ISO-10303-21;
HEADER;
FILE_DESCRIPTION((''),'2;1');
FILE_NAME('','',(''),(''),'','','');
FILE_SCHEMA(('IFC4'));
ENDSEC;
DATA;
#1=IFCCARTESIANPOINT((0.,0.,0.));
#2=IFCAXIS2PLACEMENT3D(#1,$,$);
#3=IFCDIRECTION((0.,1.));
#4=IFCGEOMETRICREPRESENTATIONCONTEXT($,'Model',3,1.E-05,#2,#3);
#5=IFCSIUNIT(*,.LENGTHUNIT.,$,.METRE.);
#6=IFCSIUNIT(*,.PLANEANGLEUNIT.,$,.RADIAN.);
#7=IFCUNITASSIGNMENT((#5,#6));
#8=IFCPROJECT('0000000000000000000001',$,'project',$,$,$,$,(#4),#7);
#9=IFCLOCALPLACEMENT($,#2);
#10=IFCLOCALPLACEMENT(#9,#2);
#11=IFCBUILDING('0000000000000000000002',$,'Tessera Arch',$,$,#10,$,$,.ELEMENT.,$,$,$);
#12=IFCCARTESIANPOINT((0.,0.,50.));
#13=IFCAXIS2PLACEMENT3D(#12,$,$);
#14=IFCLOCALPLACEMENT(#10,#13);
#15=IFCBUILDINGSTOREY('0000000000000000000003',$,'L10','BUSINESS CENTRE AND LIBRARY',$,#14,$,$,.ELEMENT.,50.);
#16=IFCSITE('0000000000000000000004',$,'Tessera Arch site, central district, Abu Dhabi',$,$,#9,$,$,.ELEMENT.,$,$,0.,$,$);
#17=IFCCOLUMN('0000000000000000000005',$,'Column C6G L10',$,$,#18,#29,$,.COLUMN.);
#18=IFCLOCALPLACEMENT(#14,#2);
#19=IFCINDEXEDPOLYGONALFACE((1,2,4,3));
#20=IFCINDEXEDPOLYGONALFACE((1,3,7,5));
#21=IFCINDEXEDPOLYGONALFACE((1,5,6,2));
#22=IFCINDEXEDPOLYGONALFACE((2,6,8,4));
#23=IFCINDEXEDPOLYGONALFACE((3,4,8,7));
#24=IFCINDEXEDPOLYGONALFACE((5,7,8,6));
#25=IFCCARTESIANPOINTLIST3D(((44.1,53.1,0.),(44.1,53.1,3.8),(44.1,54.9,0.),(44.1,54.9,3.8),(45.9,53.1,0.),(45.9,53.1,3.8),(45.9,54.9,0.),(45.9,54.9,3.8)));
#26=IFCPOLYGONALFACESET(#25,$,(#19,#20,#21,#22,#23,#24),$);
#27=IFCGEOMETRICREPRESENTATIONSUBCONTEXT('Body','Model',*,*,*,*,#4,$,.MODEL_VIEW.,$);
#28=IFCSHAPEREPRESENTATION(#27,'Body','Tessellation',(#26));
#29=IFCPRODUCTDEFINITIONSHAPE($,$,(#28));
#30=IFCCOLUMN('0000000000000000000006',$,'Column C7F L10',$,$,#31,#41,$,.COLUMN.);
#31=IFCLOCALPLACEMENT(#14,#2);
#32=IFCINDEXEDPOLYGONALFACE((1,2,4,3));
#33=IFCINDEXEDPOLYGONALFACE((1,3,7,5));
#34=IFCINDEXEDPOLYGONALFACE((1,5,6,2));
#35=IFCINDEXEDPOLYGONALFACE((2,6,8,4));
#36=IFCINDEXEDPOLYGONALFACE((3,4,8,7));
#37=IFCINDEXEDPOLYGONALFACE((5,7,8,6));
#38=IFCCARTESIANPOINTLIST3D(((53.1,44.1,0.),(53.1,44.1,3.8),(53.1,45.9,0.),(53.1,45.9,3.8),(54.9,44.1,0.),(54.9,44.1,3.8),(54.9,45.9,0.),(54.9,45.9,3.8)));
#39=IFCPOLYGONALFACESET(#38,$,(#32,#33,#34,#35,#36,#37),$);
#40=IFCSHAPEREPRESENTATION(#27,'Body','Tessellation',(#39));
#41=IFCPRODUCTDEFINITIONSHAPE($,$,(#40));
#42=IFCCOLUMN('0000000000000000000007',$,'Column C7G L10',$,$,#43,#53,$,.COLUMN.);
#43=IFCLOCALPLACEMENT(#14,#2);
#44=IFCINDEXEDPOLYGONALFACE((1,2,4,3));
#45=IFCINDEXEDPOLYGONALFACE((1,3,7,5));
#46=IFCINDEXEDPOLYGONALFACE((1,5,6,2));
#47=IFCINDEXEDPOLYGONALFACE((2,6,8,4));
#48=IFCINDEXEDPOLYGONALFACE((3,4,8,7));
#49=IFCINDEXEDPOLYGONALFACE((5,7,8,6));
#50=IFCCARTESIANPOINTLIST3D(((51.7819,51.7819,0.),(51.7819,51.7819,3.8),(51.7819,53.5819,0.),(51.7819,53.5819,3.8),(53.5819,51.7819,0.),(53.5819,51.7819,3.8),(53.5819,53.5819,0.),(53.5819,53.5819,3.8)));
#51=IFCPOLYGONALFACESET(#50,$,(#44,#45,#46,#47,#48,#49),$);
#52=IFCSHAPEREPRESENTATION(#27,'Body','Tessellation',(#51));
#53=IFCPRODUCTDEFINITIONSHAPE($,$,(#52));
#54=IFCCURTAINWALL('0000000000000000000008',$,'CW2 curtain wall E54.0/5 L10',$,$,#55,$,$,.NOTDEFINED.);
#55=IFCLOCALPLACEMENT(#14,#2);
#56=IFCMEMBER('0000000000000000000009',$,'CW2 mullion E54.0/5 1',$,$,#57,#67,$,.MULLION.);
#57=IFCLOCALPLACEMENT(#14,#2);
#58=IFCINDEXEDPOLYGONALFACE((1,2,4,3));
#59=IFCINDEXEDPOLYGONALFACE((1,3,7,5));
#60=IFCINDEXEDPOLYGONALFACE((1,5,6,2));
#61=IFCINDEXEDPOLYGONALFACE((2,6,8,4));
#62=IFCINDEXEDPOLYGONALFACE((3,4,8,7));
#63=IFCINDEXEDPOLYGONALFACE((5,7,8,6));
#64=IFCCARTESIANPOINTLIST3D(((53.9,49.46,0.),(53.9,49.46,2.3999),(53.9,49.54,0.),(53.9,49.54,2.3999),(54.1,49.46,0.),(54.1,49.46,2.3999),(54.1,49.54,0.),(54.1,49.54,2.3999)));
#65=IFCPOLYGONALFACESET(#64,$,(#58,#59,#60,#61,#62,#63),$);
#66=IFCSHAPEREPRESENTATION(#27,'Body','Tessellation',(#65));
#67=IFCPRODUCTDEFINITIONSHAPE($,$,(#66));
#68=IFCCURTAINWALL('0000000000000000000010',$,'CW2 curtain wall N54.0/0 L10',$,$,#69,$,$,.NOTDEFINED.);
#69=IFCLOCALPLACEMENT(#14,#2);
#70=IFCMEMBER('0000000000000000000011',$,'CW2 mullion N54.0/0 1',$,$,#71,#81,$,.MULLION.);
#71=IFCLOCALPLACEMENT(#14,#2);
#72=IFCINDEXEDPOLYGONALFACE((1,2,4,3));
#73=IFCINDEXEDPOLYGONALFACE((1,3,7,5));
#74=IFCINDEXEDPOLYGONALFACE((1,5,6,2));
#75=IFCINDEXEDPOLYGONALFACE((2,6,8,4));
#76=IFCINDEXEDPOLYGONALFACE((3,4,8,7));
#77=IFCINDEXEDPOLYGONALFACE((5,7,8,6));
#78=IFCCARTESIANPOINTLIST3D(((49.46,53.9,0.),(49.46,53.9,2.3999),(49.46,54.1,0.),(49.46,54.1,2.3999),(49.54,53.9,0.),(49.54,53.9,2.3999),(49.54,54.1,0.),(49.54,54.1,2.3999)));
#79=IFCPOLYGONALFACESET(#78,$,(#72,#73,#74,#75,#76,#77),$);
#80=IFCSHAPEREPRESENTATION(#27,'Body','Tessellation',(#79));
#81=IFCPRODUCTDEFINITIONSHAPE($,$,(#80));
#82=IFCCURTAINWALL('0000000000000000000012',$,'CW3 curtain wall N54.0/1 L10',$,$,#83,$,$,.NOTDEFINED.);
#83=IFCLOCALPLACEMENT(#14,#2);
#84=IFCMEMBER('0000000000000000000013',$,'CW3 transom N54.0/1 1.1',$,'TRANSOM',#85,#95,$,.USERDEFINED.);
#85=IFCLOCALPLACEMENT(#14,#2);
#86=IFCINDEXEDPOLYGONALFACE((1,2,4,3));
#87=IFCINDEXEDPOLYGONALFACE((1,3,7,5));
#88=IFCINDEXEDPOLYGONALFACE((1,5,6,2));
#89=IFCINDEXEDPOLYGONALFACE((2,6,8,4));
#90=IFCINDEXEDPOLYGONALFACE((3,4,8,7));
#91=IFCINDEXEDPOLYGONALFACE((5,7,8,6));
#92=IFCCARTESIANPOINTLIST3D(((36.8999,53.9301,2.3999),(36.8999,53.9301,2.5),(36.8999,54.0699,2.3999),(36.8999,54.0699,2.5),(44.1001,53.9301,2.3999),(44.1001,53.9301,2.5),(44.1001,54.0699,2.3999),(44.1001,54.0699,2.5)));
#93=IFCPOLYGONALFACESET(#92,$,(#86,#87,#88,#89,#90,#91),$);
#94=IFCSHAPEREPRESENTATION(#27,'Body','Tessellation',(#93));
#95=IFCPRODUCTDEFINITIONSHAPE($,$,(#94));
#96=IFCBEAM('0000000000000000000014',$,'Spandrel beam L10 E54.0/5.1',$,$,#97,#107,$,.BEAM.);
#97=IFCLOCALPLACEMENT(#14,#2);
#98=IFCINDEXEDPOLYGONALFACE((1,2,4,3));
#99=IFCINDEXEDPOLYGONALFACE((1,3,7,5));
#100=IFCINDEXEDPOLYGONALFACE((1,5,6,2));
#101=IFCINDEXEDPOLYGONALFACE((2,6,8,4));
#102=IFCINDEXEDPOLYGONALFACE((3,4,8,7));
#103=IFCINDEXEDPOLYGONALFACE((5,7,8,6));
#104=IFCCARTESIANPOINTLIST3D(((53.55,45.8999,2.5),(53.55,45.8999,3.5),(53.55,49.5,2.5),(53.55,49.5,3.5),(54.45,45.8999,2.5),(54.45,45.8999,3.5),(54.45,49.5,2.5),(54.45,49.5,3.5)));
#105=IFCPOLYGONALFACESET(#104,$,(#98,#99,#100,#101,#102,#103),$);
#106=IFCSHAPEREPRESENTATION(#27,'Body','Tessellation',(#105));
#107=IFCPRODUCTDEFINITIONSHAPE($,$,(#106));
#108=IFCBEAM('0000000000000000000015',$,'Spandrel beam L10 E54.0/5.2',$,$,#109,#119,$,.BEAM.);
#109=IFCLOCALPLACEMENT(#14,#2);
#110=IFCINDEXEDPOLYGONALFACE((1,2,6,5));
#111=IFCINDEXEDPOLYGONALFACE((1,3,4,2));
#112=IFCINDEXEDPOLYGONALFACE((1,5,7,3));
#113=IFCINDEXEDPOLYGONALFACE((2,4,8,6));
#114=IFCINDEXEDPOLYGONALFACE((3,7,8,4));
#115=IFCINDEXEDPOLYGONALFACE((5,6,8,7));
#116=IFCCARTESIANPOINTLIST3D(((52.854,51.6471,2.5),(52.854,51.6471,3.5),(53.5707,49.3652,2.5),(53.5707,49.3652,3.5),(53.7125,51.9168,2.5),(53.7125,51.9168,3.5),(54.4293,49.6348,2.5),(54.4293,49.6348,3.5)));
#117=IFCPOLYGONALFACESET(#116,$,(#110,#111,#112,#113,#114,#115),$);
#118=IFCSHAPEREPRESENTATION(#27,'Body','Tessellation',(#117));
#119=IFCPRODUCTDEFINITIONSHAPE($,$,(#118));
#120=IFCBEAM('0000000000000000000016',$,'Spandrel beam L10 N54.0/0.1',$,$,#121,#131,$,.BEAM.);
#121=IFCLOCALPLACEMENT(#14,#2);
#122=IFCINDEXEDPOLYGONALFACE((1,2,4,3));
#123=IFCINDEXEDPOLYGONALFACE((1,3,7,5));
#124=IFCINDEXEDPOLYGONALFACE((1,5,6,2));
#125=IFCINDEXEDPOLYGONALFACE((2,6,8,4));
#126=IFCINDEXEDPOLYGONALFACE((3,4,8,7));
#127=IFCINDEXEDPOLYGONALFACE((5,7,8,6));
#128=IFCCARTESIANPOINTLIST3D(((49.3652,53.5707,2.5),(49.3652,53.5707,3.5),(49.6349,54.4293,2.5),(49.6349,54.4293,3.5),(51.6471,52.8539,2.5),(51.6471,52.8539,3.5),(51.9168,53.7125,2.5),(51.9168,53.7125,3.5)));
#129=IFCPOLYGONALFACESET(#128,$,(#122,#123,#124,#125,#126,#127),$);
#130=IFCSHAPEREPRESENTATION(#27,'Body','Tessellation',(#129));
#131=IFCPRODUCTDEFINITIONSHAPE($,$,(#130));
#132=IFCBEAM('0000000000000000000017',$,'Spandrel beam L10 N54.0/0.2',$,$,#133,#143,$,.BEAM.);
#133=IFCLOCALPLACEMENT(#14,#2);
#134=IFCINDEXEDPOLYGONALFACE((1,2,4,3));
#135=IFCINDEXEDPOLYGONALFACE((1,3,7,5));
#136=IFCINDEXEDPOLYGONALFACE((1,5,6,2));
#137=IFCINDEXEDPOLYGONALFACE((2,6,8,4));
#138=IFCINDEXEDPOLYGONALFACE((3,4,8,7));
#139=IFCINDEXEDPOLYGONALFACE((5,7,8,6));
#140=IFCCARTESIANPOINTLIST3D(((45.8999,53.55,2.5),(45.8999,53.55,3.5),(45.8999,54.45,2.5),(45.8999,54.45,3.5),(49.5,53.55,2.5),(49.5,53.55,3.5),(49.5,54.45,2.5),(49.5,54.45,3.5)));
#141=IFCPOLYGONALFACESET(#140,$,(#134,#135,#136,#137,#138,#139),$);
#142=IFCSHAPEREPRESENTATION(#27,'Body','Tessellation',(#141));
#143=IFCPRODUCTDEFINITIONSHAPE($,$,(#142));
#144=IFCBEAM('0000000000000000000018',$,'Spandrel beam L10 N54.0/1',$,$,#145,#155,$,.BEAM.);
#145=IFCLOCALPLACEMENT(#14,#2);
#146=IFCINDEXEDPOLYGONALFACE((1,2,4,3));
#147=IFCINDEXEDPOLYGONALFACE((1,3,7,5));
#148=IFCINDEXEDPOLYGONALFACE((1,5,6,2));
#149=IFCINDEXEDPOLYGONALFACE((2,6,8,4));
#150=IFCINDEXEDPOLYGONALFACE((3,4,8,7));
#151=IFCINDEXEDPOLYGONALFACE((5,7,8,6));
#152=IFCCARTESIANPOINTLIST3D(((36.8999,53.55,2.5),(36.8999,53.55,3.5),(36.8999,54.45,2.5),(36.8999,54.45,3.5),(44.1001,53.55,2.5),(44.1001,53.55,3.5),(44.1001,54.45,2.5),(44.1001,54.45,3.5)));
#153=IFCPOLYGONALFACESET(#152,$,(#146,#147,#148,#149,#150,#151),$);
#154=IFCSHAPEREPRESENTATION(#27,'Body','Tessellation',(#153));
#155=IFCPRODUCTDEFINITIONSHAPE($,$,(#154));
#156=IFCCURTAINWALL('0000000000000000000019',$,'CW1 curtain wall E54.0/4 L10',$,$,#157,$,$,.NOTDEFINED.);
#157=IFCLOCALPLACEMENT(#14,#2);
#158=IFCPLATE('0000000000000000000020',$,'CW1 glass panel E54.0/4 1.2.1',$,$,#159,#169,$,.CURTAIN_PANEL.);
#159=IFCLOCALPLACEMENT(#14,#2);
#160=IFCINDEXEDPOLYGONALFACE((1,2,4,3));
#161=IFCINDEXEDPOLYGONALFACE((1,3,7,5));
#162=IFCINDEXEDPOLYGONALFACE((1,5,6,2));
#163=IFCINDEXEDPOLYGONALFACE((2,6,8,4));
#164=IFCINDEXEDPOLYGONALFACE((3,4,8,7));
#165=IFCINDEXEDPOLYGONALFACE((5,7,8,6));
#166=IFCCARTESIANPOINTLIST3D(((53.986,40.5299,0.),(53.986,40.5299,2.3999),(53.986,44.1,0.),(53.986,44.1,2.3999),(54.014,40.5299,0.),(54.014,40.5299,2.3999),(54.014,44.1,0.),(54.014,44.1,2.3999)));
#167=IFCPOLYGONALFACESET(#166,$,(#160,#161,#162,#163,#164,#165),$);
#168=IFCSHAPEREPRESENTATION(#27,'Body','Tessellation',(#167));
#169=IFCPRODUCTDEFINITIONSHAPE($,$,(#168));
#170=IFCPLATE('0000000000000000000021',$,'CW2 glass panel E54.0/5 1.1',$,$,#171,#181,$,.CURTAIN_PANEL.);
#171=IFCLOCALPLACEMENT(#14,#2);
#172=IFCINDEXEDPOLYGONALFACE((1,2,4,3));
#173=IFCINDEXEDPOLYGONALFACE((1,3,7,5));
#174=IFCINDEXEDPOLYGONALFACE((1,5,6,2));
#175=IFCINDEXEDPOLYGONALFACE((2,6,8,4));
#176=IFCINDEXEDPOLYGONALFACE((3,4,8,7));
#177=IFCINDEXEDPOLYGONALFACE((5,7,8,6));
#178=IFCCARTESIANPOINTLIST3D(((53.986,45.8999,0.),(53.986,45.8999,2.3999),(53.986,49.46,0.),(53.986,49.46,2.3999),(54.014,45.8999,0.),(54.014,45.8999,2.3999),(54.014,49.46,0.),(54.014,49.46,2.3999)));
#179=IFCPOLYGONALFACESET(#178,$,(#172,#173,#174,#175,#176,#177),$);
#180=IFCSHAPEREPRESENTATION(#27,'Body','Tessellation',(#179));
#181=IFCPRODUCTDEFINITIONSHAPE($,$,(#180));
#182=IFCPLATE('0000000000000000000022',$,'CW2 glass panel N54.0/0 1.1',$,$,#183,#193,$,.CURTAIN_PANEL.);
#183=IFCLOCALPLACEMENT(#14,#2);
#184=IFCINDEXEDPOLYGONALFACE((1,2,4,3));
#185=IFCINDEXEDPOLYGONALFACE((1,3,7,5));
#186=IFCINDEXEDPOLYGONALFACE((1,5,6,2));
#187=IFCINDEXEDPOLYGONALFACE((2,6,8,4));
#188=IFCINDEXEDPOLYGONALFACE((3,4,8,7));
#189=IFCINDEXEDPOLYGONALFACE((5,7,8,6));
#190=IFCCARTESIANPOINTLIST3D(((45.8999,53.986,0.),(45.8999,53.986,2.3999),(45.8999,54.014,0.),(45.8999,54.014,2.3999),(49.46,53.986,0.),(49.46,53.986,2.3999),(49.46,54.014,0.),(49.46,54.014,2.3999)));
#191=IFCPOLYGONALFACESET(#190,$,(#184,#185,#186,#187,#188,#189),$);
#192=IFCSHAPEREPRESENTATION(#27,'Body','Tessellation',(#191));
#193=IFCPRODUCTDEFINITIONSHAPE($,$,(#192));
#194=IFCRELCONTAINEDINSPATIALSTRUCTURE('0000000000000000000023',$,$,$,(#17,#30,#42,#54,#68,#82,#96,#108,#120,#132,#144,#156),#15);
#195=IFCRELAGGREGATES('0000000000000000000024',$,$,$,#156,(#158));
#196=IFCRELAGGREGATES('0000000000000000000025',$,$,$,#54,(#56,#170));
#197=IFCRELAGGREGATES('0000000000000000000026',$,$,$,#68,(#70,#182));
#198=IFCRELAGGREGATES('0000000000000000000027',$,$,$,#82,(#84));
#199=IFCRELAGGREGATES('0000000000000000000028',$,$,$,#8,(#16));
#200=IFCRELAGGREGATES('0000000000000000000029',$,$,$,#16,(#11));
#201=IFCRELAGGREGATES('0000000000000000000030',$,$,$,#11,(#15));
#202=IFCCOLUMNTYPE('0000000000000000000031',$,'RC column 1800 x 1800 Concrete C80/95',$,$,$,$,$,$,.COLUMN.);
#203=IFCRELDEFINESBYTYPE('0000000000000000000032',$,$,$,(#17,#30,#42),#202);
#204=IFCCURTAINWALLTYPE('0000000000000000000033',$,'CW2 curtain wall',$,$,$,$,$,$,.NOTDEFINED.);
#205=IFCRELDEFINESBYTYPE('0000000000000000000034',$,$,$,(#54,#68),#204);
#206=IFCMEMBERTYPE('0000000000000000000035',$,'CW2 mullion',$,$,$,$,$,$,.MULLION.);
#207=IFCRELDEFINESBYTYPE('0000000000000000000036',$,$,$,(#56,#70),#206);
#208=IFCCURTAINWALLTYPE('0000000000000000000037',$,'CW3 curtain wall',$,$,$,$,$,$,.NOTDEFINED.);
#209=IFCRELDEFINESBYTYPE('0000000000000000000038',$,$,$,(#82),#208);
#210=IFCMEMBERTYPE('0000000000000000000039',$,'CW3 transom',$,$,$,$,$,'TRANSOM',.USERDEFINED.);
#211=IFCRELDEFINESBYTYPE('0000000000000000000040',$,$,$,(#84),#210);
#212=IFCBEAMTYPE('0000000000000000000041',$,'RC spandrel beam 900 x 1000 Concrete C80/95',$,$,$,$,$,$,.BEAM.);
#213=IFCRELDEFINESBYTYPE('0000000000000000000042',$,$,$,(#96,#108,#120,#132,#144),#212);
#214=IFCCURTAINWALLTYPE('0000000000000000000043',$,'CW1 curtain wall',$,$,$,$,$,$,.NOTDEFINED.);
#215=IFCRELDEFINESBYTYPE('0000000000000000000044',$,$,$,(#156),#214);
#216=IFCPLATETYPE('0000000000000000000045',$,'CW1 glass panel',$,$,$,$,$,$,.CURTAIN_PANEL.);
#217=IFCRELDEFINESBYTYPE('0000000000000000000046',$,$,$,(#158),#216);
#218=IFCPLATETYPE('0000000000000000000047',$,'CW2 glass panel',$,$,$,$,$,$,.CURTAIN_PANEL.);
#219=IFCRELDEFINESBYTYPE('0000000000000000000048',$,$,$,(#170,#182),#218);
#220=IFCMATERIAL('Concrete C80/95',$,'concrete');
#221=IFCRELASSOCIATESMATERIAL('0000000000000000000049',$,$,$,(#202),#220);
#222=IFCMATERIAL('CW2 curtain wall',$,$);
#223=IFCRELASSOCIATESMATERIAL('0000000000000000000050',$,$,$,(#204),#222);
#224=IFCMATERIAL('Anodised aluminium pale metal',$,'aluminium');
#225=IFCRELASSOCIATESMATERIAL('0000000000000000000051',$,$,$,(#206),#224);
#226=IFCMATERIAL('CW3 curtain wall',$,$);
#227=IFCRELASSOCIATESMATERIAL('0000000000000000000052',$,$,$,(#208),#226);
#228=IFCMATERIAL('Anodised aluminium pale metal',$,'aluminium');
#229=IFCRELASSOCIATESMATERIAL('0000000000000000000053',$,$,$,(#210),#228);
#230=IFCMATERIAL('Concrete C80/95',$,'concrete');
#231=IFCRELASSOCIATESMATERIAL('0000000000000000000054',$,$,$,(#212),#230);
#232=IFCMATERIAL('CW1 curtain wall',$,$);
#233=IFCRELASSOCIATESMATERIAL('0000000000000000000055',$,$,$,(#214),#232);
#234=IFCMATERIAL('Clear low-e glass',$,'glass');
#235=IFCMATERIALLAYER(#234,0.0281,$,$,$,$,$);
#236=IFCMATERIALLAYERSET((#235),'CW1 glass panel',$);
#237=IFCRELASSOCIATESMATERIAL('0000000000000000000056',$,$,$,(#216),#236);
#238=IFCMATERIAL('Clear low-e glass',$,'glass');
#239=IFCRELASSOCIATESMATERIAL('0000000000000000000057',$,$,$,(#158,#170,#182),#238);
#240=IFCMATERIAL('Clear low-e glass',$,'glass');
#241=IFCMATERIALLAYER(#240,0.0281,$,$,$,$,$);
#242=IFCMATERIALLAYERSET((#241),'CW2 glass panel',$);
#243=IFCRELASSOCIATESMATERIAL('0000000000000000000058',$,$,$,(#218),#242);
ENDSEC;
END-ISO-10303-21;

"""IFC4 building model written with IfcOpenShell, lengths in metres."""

from ifc_helpers import new_model, si_unit, direction, frame, origin, origin_2d, place, context, subcontext, project, spatial, rectangle, extrude, material, layer, layer_set, material_profile, profile_set, type_object, element, aggregate, save


model = new_model("IFC4")

# Units and contexts
model_context = context("Model", 3, precision=1e-05, world=origin(), true_north=direction((0.0, 1.0)))
body_context = subcontext(model_context, "Body", "Model", "MODEL_VIEW")
ifc_project = project(units=[si_unit("LENGTHUNIT", "METRE"), si_unit("PLANEANGLEUNIT", "RADIAN")], contexts=[model_context])

# Site, building, storey
site_placement = place(None, origin())
site = spatial("IfcSite", under=ifc_project, at=site_placement, Name="Tessera Arch site, central district, Abu Dhabi", CompositionType="ELEMENT", RefElevation=0.0)
building_placement = place(site_placement, origin())
building = spatial("IfcBuilding", under=site, at=building_placement, Name="Tessera Arch", CompositionType="ELEMENT")
storey_placement = place(building_placement, frame((0.0, 0.0, 50.0)))
storey = spatial("IfcBuildingStorey", under=building, at=storey_placement, Name="L10", Description="BUSINESS CENTRE AND LIBRARY", CompositionType="ELEMENT", Elevation=50.0)

# Columns
ifc_material_1 = material(Name="Concrete C80/95", Category="concrete")
ifc_material_profile_1 = material_profile(ifc_material_1, rectangle(XDim=1.8, YDim=1.8, at=origin_2d()), Name="RC column 1800 x 1800 Concrete C80/95")
ifc_profile_set_1 = profile_set([ifc_material_profile_1], Name="Concrete C80/95")
column_type = type_object("IfcColumnType", Name="RC column 1800 x 1800 Concrete C80/95", PredefinedType="COLUMN", material=ifc_profile_set_1)
for number, where, z_axis, x_axis, name in (
    (1, (45.0, 54.0, 0.0), (0.0, 0.0, 1.0), (1.0, 0.0, 0.0), "Column C6G L10"),
    (2, (54.0, 45.0, 0.0), (0.0, 0.0, 1.0), (1.0, 0.0, 0.0), "Column C7F L10"),
    (3, (52.6819, 52.6819, 0.0), (0.0, 0.0, 1.0), (1.0, 0.0, 0.0), "Column C7G L10"),
):
    element("IfcColumn", number, at=place(storey_placement, frame(where, z_axis=z_axis, x_axis=x_axis)), inside=storey, type_object=column_type, Name=name, PredefinedType="COLUMN", context=body_context, shape_type="SweptSolid", body=[
        extrude(rectangle(XDim=1.8, YDim=1.8, at=origin_2d()), origin(), (0.0, 0.0, 1.0), 3.8),
    ])

# Curtain walls, members
ifc_material_2 = material(Name="CW2 curtain wall")
curtain_wall_type_1 = type_object("IfcCurtainWallType", Name="CW2 curtain wall", PredefinedType="NOTDEFINED", material=ifc_material_2)
curtain_wall_1_placement = place(storey_placement, origin())
curtain_wall_1 = element("IfcCurtainWall", 4, at=curtain_wall_1_placement, inside=storey, type_object=curtain_wall_type_1, Name="CW2 curtain wall E54.0/5 L10", PredefinedType="NOTDEFINED")
ifc_material_3 = material(Name="Anodised aluminium pale metal", Category="aluminium")
ifc_material_profile_2 = material_profile(ifc_material_3, rectangle(XDim=0.2, YDim=0.0801, at=origin_2d()), Name="AL 80x200")
ifc_profile_set_2 = profile_set([ifc_material_profile_2], Name="Anodised aluminium pale metal")
member_type_1 = type_object("IfcMemberType", Name="CW2 mullion", PredefinedType="MULLION", material=ifc_profile_set_2)
member_1_placement = place(storey_placement, frame((54.0, 49.5, 0.0), z_axis=(0.0, 0.0, 1.0), x_axis=(-1.0, 0.0, 0.0)))
member_1 = element("IfcMember", 5, at=member_1_placement, type_object=member_type_1, Name="CW2 mullion E54.0/5 1", PredefinedType="MULLION", context=body_context, shape_type="SweptSolid", body=[
    extrude(rectangle(XDim=0.2, YDim=0.0801, at=origin_2d()), origin(), (0.0, 0.0, 1.0), 2.3999),
])
curtain_wall_2_placement = place(storey_placement, origin())
curtain_wall_2 = element("IfcCurtainWall", 6, at=curtain_wall_2_placement, inside=storey, type_object=curtain_wall_type_1, Name="CW2 curtain wall N54.0/0 L10", PredefinedType="NOTDEFINED")
member_2_placement = place(storey_placement, frame((49.5, 54.0, 0.0), z_axis=(0.0, 0.0, 1.0), x_axis=(0.0, -1.0, 0.0)))
member_2 = element("IfcMember", 7, at=member_2_placement, type_object=member_type_1, Name="CW2 mullion N54.0/0 1", PredefinedType="MULLION", context=body_context, shape_type="SweptSolid", body=[
    extrude(rectangle(XDim=0.2, YDim=0.0801, at=origin_2d()), origin(), (0.0, 0.0, 1.0), 2.3999),
])
ifc_material_4 = material(Name="CW3 curtain wall")
curtain_wall_type_2 = type_object("IfcCurtainWallType", Name="CW3 curtain wall", PredefinedType="NOTDEFINED", material=ifc_material_4)
curtain_wall_3_placement = place(storey_placement, origin())
curtain_wall_3 = element("IfcCurtainWall", 8, at=curtain_wall_3_placement, inside=storey, type_object=curtain_wall_type_2, Name="CW3 curtain wall N54.0/1 L10", PredefinedType="NOTDEFINED")
ifc_material_5 = material(Name="Anodised aluminium pale metal", Category="aluminium")
ifc_material_profile_3 = material_profile(ifc_material_5, rectangle(XDim=0.1399, YDim=0.1001, at=origin_2d()), Name="AL 140x100")
ifc_profile_set_3 = profile_set([ifc_material_profile_3], Name="Anodised aluminium pale metal")
member_type_2 = type_object("IfcMemberType", Name="CW3 transom", ElementType="TRANSOM", PredefinedType="USERDEFINED", material=ifc_profile_set_3)
member_3_placement = place(storey_placement, frame((44.1001, 54.0, 2.45), z_axis=(-1.0, 0.0, 0.0), x_axis=(0.0, -1.0, 0.0)))
member_3 = element("IfcMember", 9, at=member_3_placement, type_object=member_type_2, Name="CW3 transom N54.0/1 1.1", ObjectType="TRANSOM", PredefinedType="USERDEFINED", context=body_context, shape_type="SweptSolid", body=[
    extrude(rectangle(XDim=0.1399, YDim=0.1001, at=origin_2d()), origin(), (0.0, 0.0, 1.0), 7.2002),
])

# Beams
ifc_material_6 = material(Name="Concrete C80/95", Category="concrete")
ifc_material_profile_4 = material_profile(ifc_material_6, rectangle(XDim=0.8999, YDim=1.0, at=origin_2d()), Name="RC spandrel beam 900 x 1000 Concrete C80/95")
ifc_profile_set_4 = profile_set([ifc_material_profile_4], Name="Concrete C80/95")
beam_type = type_object("IfcBeamType", Name="RC spandrel beam 900 x 1000 Concrete C80/95", PredefinedType="BEAM", material=ifc_profile_set_4)
beam_1_placement = place(storey_placement, frame((54.0, 45.8999, 3.0), z_axis=(0.0, 1.0, 0.0), x_axis=(-1.0, 0.0, 0.0)))
element("IfcBeam", 10, at=beam_1_placement, inside=storey, type_object=beam_type, Name="Spandrel beam L10 E54.0/5.1", PredefinedType="BEAM", context=body_context, shape_type="SweptSolid", body=[
    extrude(rectangle(XDim=0.8999, YDim=1.0, at=origin_2d()), origin(), (0.0, 0.0, 1.0), 3.6001),
])
for number, where, z_axis, x_axis, name in (
    (11, (54.0, 49.5, 3.0), (-0.299675, 0.954041, 0.0), (-0.954041, -0.299675, 0.0), "Spandrel beam L10 E54.0/5.2"),
    (12, (51.782, 53.2832, 3.0), (-0.954041, 0.299675, 0.0), (-0.299675, -0.954041, 0.0), "Spandrel beam L10 N54.0/0.1"),
):
    element("IfcBeam", number, at=place(storey_placement, frame(where, z_axis=z_axis, x_axis=x_axis)), inside=storey, type_object=beam_type, Name=name, PredefinedType="BEAM", context=body_context, shape_type="SweptSolid", body=[
        extrude(rectangle(XDim=0.8999, YDim=1.0, at=origin_2d()), origin(), (0.0, 0.0, 1.0), 2.3918),
    ])
beam_2_placement = place(storey_placement, frame((49.5, 54.0, 3.0), z_axis=(-1.0, 0.0, 0.0), x_axis=(0.0, -1.0, 0.0)))
element("IfcBeam", 13, at=beam_2_placement, inside=storey, type_object=beam_type, Name="Spandrel beam L10 N54.0/0.2", PredefinedType="BEAM", context=body_context, shape_type="SweptSolid", body=[
    extrude(rectangle(XDim=0.8999, YDim=1.0, at=origin_2d()), origin(), (0.0, 0.0, 1.0), 3.6001),
])
beam_3_placement = place(storey_placement, frame((44.1001, 54.0, 3.0), z_axis=(-1.0, 0.0, 0.0), x_axis=(0.0, -1.0, 0.0)))
element("IfcBeam", 14, at=beam_3_placement, inside=storey, type_object=beam_type, Name="Spandrel beam L10 N54.0/1", PredefinedType="BEAM", context=body_context, shape_type="SweptSolid", body=[
    extrude(rectangle(XDim=0.8999, YDim=1.0, at=origin_2d()), origin(), (0.0, 0.0, 1.0), 7.2002),
])

# Curtain wall, plate
ifc_material_7 = material(Name="CW1 curtain wall")
curtain_wall_type_3 = type_object("IfcCurtainWallType", Name="CW1 curtain wall", PredefinedType="NOTDEFINED", material=ifc_material_7)
curtain_wall_4_placement = place(storey_placement, origin())
curtain_wall_4 = element("IfcCurtainWall", 15, at=curtain_wall_4_placement, inside=storey, type_object=curtain_wall_type_3, Name="CW1 curtain wall E54.0/4 L10", PredefinedType="NOTDEFINED")
ifc_material_8 = material(Name="Clear low-e glass", Category="glass")
ifc_material_9 = material(Name="Clear low-e glass", Category="glass")
ifc_layer_1 = layer(ifc_material_9, 0.0281)
ifc_layer_set_1 = layer_set([ifc_layer_1], Name="CW1 glass panel")
plate_type_1 = type_object("IfcPlateType", Name="CW1 glass panel", PredefinedType="CURTAIN_PANEL", material=ifc_layer_set_1)
plate_1_placement = place(storey_placement, frame((54.0, 42.3149, 0.0), z_axis=(0.0, 0.0, 1.0), x_axis=(0.0, 1.0, 0.0)))
plate_1 = element("IfcPlate", 16, at=plate_1_placement, type_object=plate_type_1, material=ifc_material_8, Name="CW1 glass panel E54.0/4 1.2.1", PredefinedType="CURTAIN_PANEL", context=body_context, shape_type="SweptSolid", body=[
    extrude(rectangle(XDim=3.5701, YDim=0.0281, at=origin_2d()), origin(), (0.0, 0.0, 1.0), 2.3999),
])
aggregate(curtain_wall_4, [plate_1])

# Plates
ifc_material_10 = material(Name="Clear low-e glass", Category="glass")
ifc_layer_2 = layer(ifc_material_10, 0.0281)
ifc_layer_set_2 = layer_set([ifc_layer_2], Name="CW2 glass panel")
plate_type_2 = type_object("IfcPlateType", Name="CW2 glass panel", PredefinedType="CURTAIN_PANEL", material=ifc_layer_set_2)
plate_2_placement = place(storey_placement, frame((54.0, 47.6799, 0.0), z_axis=(0.0, 0.0, 1.0), x_axis=(0.0, 1.0, 0.0)))
plate_2 = element("IfcPlate", 17, at=plate_2_placement, type_object=plate_type_2, material=ifc_material_8, Name="CW2 glass panel E54.0/5 1.1", PredefinedType="CURTAIN_PANEL", context=body_context, shape_type="SweptSolid", body=[
    extrude(rectangle(XDim=3.5601, YDim=0.0281, at=origin_2d()), origin(), (0.0, 0.0, 1.0), 2.3999),
])
aggregate(curtain_wall_1, [member_1, plate_2])
plate_3_placement = place(storey_placement, frame((47.6799, 54.0, 0.0), z_axis=(0.0, 0.0, 1.0), x_axis=(-1.0, 0.0, 0.0)))
plate_3 = element("IfcPlate", 18, at=plate_3_placement, type_object=plate_type_2, material=ifc_material_8, Name="CW2 glass panel N54.0/0 1.1", PredefinedType="CURTAIN_PANEL", context=body_context, shape_type="SweptSolid", body=[
    extrude(rectangle(XDim=3.5601, YDim=0.0281, at=origin_2d()), origin(), (0.0, 0.0, 1.0), 2.3999),
])
aggregate(curtain_wall_2, [member_2, plate_3])
aggregate(curtain_wall_3, [member_3])

save(model, "model.ifc")
